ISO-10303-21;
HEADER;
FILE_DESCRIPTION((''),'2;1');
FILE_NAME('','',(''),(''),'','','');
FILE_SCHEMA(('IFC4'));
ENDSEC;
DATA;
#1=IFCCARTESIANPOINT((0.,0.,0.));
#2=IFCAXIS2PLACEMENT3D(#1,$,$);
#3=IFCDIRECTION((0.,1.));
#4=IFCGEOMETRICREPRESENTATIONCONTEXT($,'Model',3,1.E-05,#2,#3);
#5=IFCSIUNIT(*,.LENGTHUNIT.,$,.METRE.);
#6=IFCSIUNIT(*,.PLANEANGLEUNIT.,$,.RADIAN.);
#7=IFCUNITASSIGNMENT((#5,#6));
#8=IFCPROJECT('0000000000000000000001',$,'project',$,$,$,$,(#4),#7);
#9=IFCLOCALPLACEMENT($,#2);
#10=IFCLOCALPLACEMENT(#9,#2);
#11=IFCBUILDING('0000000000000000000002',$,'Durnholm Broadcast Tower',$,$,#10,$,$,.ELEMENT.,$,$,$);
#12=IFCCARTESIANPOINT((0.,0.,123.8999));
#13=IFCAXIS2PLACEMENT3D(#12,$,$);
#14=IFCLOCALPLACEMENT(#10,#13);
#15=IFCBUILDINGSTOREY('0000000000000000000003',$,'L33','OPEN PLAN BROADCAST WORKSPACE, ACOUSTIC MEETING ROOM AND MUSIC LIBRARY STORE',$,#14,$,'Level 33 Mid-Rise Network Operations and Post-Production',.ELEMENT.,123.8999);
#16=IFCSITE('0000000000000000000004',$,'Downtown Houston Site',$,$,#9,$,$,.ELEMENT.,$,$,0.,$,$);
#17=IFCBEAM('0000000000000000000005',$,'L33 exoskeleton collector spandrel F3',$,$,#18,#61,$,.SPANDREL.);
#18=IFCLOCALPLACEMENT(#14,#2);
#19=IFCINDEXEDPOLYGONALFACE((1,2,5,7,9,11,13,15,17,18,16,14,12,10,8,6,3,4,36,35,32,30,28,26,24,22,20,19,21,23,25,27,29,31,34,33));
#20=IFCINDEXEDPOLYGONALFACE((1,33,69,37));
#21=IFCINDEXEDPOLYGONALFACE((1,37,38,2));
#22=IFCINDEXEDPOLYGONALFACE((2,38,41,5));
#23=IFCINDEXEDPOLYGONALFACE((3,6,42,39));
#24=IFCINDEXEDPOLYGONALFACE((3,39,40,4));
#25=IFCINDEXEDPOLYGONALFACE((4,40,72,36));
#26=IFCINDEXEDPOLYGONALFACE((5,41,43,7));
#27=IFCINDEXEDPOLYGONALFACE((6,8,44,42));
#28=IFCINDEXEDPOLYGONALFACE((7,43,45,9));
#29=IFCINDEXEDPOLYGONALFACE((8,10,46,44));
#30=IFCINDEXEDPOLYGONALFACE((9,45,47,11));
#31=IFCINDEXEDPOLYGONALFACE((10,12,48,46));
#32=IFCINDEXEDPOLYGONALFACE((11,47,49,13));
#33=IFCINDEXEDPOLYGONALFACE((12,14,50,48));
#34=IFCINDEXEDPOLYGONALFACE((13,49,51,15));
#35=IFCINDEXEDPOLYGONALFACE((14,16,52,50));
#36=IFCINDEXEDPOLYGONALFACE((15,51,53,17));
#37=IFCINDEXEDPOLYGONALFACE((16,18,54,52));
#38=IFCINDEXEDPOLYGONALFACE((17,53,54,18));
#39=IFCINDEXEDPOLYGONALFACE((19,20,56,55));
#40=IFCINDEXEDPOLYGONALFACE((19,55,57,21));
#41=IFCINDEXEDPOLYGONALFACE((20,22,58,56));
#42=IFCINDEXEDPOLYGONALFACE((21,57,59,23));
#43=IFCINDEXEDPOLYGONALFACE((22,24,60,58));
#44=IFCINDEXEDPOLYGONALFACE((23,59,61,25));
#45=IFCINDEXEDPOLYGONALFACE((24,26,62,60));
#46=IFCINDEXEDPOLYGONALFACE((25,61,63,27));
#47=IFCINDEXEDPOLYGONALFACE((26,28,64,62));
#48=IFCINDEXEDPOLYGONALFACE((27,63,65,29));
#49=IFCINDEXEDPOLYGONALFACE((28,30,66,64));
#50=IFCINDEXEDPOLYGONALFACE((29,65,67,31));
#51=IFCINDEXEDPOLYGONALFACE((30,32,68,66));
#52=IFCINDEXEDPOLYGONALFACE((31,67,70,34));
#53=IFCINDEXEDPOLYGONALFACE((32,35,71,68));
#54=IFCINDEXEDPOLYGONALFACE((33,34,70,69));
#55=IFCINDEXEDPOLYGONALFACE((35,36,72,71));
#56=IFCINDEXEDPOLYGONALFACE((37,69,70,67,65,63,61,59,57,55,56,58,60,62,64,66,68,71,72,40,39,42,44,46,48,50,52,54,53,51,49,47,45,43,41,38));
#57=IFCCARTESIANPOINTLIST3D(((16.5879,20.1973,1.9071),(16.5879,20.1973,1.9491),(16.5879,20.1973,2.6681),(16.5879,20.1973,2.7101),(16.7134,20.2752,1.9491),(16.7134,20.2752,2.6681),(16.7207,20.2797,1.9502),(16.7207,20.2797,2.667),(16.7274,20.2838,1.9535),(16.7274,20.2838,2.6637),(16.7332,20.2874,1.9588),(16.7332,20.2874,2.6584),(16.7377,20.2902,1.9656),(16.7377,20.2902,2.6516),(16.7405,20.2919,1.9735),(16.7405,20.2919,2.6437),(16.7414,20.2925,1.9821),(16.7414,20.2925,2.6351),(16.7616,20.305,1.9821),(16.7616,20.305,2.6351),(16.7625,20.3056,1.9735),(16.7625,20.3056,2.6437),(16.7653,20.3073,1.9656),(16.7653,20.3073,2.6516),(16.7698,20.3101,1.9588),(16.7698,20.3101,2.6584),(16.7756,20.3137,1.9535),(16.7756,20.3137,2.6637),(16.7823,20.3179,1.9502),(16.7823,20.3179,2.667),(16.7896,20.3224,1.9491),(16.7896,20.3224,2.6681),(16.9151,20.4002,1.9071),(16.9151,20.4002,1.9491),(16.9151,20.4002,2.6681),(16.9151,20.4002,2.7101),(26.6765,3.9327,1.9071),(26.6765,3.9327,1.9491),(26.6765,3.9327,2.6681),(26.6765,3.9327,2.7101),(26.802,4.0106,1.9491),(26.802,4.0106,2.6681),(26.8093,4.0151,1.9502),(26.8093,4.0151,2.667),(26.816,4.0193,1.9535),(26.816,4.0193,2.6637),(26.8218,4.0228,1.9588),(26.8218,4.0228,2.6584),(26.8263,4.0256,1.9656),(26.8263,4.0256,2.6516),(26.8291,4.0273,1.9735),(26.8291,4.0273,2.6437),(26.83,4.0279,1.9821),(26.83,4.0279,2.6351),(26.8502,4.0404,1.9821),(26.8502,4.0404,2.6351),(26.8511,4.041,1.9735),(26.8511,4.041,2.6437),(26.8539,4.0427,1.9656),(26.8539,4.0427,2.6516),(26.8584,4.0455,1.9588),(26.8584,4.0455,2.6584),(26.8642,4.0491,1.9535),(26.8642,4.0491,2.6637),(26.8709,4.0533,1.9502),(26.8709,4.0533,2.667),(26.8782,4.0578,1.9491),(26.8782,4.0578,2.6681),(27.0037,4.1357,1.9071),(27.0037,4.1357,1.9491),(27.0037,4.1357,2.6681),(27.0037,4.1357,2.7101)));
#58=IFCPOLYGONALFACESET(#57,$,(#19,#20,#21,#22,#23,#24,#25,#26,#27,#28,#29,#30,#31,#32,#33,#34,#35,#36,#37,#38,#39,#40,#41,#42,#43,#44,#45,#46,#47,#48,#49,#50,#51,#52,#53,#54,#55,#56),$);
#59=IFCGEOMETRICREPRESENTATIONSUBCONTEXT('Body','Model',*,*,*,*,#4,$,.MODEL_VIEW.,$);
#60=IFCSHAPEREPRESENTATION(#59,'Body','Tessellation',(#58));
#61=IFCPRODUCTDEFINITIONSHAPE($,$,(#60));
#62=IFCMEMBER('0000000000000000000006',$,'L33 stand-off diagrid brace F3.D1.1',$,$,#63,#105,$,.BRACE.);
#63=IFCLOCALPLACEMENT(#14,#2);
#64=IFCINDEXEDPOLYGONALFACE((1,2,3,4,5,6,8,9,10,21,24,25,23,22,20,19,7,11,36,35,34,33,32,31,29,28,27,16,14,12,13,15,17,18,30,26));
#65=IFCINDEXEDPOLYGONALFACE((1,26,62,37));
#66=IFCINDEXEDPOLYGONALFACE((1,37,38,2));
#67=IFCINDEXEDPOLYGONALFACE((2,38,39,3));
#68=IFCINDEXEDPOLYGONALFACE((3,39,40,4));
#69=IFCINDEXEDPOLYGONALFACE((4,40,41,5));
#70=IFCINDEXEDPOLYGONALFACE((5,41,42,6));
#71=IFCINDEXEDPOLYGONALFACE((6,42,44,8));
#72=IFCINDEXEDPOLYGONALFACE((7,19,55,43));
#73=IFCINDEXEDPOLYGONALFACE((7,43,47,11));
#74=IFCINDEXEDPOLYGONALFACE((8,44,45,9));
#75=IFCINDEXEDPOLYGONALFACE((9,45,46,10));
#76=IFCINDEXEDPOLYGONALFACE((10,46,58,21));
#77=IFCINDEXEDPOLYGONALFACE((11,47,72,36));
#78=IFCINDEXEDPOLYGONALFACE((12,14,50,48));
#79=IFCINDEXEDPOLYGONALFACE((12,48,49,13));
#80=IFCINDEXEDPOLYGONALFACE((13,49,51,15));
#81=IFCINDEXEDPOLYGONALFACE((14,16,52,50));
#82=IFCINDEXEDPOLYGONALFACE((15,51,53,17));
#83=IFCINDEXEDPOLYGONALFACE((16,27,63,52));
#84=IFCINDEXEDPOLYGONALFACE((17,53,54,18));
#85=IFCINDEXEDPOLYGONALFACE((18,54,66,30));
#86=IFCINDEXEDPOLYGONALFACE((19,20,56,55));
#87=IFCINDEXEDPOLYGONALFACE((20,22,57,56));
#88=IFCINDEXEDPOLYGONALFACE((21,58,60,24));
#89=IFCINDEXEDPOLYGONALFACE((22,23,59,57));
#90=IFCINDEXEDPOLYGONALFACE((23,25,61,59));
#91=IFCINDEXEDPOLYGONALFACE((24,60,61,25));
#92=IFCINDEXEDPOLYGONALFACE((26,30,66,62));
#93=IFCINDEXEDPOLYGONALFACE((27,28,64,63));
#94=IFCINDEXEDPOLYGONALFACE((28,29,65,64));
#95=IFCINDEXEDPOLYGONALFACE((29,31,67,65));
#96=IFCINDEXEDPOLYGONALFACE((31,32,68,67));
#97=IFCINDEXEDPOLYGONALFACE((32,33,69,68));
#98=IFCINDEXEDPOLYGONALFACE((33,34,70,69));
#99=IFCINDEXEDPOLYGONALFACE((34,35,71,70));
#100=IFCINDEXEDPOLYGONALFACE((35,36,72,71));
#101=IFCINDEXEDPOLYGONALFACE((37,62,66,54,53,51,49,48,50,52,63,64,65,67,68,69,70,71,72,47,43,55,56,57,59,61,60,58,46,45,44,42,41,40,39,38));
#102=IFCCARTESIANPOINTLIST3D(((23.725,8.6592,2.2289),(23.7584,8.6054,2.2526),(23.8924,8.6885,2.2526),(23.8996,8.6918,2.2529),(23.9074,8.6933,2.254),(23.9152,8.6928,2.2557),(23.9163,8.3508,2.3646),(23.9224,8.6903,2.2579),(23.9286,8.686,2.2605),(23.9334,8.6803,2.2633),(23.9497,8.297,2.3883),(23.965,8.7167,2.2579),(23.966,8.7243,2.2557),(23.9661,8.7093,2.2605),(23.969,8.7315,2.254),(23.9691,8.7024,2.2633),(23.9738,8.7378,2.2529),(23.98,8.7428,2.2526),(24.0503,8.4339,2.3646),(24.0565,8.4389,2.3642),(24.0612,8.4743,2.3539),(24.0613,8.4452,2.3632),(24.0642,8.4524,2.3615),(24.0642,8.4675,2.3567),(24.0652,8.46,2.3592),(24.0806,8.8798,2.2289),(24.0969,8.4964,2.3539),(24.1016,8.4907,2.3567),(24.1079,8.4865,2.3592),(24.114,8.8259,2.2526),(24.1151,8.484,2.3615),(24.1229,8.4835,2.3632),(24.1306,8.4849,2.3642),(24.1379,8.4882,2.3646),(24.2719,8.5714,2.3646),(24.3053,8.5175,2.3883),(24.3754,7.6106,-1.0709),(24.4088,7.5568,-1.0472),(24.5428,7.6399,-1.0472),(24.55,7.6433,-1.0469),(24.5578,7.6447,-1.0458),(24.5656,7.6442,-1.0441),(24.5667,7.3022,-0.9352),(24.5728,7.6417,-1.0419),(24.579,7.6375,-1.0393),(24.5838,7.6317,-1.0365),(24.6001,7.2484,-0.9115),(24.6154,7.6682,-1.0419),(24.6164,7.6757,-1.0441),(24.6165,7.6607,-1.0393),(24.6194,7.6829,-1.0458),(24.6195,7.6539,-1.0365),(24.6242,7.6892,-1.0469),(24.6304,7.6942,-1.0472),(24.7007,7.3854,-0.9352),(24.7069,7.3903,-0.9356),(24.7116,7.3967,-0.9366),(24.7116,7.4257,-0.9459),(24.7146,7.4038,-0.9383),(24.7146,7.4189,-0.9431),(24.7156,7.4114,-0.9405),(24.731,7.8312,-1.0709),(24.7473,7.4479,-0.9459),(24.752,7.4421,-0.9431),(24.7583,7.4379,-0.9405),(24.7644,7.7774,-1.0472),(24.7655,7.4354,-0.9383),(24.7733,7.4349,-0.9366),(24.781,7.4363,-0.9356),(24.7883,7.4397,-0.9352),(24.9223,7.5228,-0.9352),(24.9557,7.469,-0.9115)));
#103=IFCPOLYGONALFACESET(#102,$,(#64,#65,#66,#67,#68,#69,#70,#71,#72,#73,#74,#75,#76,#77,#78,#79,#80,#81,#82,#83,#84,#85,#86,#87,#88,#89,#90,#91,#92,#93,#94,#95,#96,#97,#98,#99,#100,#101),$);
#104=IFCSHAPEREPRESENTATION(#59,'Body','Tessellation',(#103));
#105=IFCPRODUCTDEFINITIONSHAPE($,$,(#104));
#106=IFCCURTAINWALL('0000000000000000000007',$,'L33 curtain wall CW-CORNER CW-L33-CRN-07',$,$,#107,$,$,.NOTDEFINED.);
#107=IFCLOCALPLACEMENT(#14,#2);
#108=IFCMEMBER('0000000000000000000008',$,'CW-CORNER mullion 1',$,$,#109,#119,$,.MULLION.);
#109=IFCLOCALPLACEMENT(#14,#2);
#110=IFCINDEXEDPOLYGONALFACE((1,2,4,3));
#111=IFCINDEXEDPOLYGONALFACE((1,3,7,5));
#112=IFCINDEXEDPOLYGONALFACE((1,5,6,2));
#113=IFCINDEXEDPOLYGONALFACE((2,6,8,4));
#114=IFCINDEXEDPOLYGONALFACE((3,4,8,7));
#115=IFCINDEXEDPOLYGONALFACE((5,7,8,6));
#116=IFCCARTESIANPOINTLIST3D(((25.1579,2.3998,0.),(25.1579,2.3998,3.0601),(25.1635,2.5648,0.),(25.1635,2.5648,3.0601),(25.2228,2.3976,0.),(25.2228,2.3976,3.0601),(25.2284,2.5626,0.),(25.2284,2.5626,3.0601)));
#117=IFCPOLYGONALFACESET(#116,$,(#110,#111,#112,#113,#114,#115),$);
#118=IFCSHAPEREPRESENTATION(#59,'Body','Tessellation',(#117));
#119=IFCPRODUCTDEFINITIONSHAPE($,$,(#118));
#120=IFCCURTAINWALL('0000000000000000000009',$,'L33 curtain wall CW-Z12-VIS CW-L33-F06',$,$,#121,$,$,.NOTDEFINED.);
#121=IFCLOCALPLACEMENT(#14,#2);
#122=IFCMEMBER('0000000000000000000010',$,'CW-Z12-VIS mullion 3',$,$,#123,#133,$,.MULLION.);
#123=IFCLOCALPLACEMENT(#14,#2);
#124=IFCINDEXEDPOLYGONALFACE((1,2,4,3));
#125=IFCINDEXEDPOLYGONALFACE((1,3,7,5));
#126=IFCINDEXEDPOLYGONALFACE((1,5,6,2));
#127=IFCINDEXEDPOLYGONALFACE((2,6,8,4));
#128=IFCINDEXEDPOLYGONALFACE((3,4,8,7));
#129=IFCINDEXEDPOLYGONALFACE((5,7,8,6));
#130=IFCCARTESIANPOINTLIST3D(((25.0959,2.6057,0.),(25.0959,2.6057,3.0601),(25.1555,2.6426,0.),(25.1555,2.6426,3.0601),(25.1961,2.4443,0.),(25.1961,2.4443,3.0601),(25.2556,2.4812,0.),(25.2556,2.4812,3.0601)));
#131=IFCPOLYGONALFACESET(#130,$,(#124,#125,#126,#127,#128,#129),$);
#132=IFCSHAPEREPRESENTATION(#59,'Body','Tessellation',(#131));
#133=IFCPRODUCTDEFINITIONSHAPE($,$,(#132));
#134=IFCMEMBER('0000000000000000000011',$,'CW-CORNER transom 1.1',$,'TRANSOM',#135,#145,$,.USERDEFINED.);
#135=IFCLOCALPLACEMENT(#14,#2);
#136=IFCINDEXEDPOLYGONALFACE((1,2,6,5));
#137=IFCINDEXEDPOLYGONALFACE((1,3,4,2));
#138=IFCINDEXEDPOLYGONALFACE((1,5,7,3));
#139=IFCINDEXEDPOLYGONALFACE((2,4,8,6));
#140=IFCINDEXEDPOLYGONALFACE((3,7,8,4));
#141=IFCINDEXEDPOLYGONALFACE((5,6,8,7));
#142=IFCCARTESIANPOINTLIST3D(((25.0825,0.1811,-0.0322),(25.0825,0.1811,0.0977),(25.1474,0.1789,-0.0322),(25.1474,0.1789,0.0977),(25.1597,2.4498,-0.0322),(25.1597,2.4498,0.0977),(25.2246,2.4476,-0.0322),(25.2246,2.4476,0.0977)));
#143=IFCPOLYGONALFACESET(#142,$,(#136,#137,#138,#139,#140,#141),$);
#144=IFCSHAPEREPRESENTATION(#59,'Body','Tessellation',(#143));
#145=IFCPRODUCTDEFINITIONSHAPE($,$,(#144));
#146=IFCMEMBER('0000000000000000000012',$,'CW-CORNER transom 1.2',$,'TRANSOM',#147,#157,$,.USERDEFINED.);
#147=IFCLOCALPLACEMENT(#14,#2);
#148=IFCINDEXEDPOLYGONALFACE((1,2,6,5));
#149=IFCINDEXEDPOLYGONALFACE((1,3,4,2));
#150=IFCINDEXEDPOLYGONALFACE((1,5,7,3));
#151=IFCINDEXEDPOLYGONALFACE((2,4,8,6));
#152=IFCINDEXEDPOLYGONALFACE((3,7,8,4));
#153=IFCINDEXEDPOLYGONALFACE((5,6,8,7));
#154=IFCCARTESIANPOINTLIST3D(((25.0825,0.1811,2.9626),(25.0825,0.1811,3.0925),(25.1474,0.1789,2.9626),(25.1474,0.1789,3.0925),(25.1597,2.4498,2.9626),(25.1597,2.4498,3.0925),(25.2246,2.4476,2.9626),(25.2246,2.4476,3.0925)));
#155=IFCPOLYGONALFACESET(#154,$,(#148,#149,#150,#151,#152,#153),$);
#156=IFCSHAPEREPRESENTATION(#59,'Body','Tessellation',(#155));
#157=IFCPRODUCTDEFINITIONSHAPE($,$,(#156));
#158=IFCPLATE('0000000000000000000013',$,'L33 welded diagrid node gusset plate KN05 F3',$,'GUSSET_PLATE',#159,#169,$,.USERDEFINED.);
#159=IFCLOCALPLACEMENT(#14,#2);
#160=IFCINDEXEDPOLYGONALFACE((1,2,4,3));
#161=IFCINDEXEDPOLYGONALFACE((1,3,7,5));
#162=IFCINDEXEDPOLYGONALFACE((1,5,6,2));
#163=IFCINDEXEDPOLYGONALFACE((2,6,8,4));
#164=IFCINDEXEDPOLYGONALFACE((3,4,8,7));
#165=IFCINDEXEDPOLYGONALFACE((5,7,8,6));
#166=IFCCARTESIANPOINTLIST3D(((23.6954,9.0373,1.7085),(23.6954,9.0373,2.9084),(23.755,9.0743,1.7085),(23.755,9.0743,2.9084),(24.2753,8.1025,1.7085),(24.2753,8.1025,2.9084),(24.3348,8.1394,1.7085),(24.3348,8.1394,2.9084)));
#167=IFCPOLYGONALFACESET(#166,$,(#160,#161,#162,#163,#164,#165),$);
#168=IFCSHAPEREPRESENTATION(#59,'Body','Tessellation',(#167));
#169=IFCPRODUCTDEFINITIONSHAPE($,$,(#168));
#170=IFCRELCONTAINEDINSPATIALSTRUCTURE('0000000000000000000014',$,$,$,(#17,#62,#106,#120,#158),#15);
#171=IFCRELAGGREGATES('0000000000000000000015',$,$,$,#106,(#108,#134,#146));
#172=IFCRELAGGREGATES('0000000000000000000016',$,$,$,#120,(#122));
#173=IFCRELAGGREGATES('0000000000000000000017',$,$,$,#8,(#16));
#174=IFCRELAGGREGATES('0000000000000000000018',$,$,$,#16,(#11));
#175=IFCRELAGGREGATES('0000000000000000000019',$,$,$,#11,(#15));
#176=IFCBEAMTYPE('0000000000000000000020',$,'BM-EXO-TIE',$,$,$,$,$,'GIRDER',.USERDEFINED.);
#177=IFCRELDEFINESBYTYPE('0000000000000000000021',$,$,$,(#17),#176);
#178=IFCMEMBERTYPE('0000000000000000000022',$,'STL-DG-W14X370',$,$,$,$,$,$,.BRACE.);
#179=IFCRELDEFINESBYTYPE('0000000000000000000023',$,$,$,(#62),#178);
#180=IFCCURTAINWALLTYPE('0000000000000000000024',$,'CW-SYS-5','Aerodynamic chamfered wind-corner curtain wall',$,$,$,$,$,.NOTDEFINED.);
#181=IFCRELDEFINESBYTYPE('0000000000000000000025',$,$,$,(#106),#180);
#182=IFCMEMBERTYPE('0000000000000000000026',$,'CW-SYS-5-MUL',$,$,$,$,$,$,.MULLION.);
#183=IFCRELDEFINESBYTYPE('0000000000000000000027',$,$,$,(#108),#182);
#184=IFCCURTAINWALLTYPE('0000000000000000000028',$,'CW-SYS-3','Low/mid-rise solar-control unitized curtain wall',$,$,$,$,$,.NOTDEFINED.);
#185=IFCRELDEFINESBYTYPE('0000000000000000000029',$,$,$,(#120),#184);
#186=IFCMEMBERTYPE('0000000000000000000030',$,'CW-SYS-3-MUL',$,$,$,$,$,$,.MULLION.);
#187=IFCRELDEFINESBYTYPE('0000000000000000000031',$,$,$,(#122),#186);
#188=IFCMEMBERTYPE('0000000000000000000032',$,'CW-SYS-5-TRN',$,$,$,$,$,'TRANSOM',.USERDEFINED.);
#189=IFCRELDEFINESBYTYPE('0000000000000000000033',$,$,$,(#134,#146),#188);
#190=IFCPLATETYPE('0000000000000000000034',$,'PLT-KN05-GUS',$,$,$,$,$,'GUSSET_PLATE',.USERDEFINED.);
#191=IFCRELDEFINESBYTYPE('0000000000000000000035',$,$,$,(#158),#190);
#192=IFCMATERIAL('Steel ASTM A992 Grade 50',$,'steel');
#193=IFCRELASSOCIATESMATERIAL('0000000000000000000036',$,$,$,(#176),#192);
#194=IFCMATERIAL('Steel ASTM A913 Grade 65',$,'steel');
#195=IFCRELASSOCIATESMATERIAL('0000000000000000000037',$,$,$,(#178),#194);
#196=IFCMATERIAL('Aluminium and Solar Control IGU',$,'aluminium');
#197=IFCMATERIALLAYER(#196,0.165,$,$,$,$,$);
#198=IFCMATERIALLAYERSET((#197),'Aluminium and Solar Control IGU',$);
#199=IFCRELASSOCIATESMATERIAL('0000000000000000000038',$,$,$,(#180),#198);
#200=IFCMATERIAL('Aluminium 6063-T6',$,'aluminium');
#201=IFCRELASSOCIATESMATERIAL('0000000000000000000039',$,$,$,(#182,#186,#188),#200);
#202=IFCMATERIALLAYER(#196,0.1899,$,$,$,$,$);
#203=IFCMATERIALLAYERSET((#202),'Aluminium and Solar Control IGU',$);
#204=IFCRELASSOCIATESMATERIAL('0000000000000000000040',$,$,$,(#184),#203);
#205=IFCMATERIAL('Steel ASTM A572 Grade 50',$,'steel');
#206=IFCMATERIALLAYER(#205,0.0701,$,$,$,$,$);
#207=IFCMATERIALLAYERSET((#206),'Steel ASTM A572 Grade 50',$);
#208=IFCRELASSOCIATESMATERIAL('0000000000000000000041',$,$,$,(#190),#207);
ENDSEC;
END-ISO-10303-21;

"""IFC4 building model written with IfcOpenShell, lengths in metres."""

from ifc_helpers import new_model, si_unit, direction, frame, origin, origin_2d, place, context, subcontext, project, spatial, rectangle, i_section, extrude, source, transform, mapped, material, layer, layer_set, material_profile, profile_set, type_object, type_shapes, element, aggregate, save


model = new_model("IFC4")

# Units and contexts
model_context = context("Model", 3, precision=1e-05, world=origin(), true_north=direction((0.0, 1.0)))
body_context = subcontext(model_context, "Body", "Model", "MODEL_VIEW")
ifc_project = project(units=[si_unit("LENGTHUNIT", "METRE"), si_unit("PLANEANGLEUNIT", "RADIAN")], contexts=[model_context])

# Site, building, storey
site_placement = place(None, origin())
site = spatial("IfcSite", under=ifc_project, at=site_placement, Name="Downtown Houston Site", CompositionType="ELEMENT", RefElevation=0.0)
building_placement = place(site_placement, origin())
building = spatial("IfcBuilding", under=site, at=building_placement, Name="Durnholm Broadcast Tower", CompositionType="ELEMENT")
storey_placement = place(building_placement, frame((0.0, 0.0, 123.8999)))
storey = spatial("IfcBuildingStorey", under=building, at=storey_placement, Name="L33", Description="OPEN PLAN BROADCAST WORKSPACE, ACOUSTIC MEETING ROOM AND MUSIC LIBRARY STORE", LongName="Level 33 Mid-Rise Network Operations and Post-Production", CompositionType="ELEMENT", Elevation=123.8999)

# Beam
ifc_material_1 = material(Name="Steel ASTM A992 Grade 50", Category="steel")
ifc_material_profile_1 = material_profile(ifc_material_1, i_section(OverallWidth=0.385, OverallDepth=0.803, WebThickness=0.0237, FlangeThickness=0.042, FilletRadius=0.033, at=origin_2d()), Name="W30X261")
ifc_profile_set_1 = profile_set([ifc_material_profile_1], Name="Steel ASTM A992 Grade 50")
beam_type_1 = type_object("IfcBeamType", Name="BM-EXO-TIE", ElementType="GIRDER", PredefinedType="USERDEFINED", material=ifc_profile_set_1)
shared_shape_1 = source(origin(), body_context, "Body", "SweptSolid", [
    extrude(i_section(OverallWidth=0.385, OverallDepth=0.803, WebThickness=0.0237, FlangeThickness=0.042, FilletRadius=0.033, at=origin_2d()), origin(), (0.0, 0.0, 1.0), 19.1394),
])
beam_1_placement = place(storey_placement, frame((26.8401, 4.0342, 2.3086), z_axis=(-0.527111, 0.849796, 0.0), x_axis=(-0.849796, -0.527111, 0.0)))
element("IfcBeam", 1, at=beam_1_placement, inside=storey, type_object=beam_type_1, Name="L33 exoskeleton collector spandrel F3", PredefinedType="SPANDREL", context=body_context, shape_type="MappedRepresentation", body=[
    mapped(shared_shape_1, transform((0.0, 0.0, 0.0), x_axis=(1.0, 0.0, 0.0), y_axis=(0.0, 1.0, 0.0), z_axis=(0.0, 0.0, 1.0), scale=1.0)),
])

# Member
ifc_material_2 = material(Name="Steel ASTM A913 Grade 65", Category="steel")
ifc_material_profile_2 = material_profile(ifc_material_2, i_section(OverallWidth=0.4185, OverallDepth=0.4551, WebThickness=0.042, FlangeThickness=0.0676, FilletRadius=0.0305, at=origin_2d()), Name="W14X370")
ifc_profile_set_2 = profile_set([ifc_material_profile_2], Name="Steel ASTM A913 Grade 65")
member_type_1 = type_object("IfcMemberType", Name="STL-DG-W14X370", PredefinedType="BRACE", material=ifc_profile_set_2)
shared_shape_2 = source(origin(), body_context, "Body", "SweptSolid", [
    extrude(i_section(OverallWidth=0.4185, OverallDepth=0.4551, WebThickness=0.042, FlangeThickness=0.0676, FilletRadius=0.0305, at=origin_2d()), origin(), (0.0, 0.0, 1.0), 3.5229),
])
type_shapes(member_type_1, [shared_shape_2])
member_1_placement = place(storey_placement, frame((24.6655, 7.5398, -0.9912), z_axis=(-0.184615, 0.297643, 0.936657), x_axis=(-0.849805, -0.527097, 0.0)))
element("IfcMember", 2, at=member_1_placement, inside=storey, type_object=member_type_1, Name="L33 stand-off diagrid brace F3.D1.1", PredefinedType="BRACE", context=body_context, shape_type="MappedRepresentation", body=[
    mapped(shared_shape_2, transform((0.0, 0.0, 0.0), x_axis=(1.0, 0.0, 0.0), y_axis=(0.0, 1.0, 0.0), z_axis=(0.0, 0.0, 1.0), scale=1.0)),
])

# Curtain walls, members
ifc_material_3 = material(Name="Aluminium and Solar Control IGU", Category="aluminium")
ifc_layer_1 = layer(ifc_material_3, 0.165)
ifc_layer_set_1 = layer_set([ifc_layer_1], Name="Aluminium and Solar Control IGU")
curtain_wall_type_1 = type_object("IfcCurtainWallType", Name="CW-SYS-5", Description="Aerodynamic chamfered wind-corner curtain wall", PredefinedType="NOTDEFINED", material=ifc_layer_set_1)
curtain_wall_1_placement = place(storey_placement, origin())
curtain_wall_1 = element("IfcCurtainWall", 3, at=curtain_wall_1_placement, inside=storey, type_object=curtain_wall_type_1, Name="L33 curtain wall CW-CORNER CW-L33-CRN-07", PredefinedType="NOTDEFINED")
ifc_material_4 = material(Name="Aluminium 6063-T6", Category="aluminium")
ifc_material_profile_3 = material_profile(ifc_material_4, rectangle(XDim=0.0649, YDim=0.165, at=origin_2d()), Name="CWM65X165")
ifc_profile_set_3 = profile_set([ifc_material_profile_3], Name="Aluminium 6063-T6")
member_type_2 = type_object("IfcMemberType", Name="CW-SYS-5-MUL", PredefinedType="MULLION", material=ifc_profile_set_3)
shared_shape_3 = source(origin(), body_context, "Body", "SweptSolid", [
    extrude(rectangle(XDim=0.0649, YDim=0.165, at=origin_2d()), origin(), (0.0, 0.0, 1.0), 3.0601),
])
type_shapes(member_type_2, [shared_shape_3])
member_2_placement = place(storey_placement, frame((25.1931, 2.4812, 0.0), z_axis=(0.0, 0.0, 1.0), x_axis=(0.999425, -0.033917, 0.0)))
member_2 = element("IfcMember", 4, at=member_2_placement, type_object=member_type_2, Name="CW-CORNER mullion 1", PredefinedType="MULLION", context=body_context, shape_type="MappedRepresentation", body=[
    mapped(shared_shape_3, transform((0.0, 0.0, 0.0), x_axis=(1.0, 0.0, 0.0), y_axis=(0.0, 1.0, 0.0), z_axis=(0.0, 0.0, 1.0), scale=1.0)),
])
ifc_layer_2 = layer(ifc_material_3, 0.1899)
ifc_layer_set_2 = layer_set([ifc_layer_2], Name="Aluminium and Solar Control IGU")
curtain_wall_type_2 = type_object("IfcCurtainWallType", Name="CW-SYS-3", Description="Low/mid-rise solar-control unitized curtain wall", PredefinedType="NOTDEFINED", material=ifc_layer_set_2)
curtain_wall_2_placement = place(storey_placement, origin())
curtain_wall_2 = element("IfcCurtainWall", 5, at=curtain_wall_2_placement, inside=storey, type_object=curtain_wall_type_2, Name="L33 curtain wall CW-Z12-VIS CW-L33-F06", PredefinedType="NOTDEFINED")
ifc_material_profile_4 = material_profile(ifc_material_4, rectangle(XDim=0.0701, YDim=0.1899, at=origin_2d()), Name="CWM70X190")
ifc_profile_set_4 = profile_set([ifc_material_profile_4], Name="Aluminium 6063-T6")
member_type_3 = type_object("IfcMemberType", Name="CW-SYS-3-MUL", PredefinedType="MULLION", material=ifc_profile_set_4)
shared_shape_4 = source(origin(), body_context, "Body", "SweptSolid", [
    extrude(rectangle(XDim=0.0701, YDim=0.1899, at=origin_2d()), origin(), (0.0, 0.0, 1.0), 3.0601),
])
type_shapes(member_type_3, [shared_shape_4])
member_3_placement = place(storey_placement, frame((25.1758, 2.5435, 0.0), z_axis=(0.0, 0.0, 1.0), x_axis=(0.8498, 0.527105, 0.0)))
member_3 = element("IfcMember", 6, at=member_3_placement, type_object=member_type_3, Name="CW-Z12-VIS mullion 3", PredefinedType="MULLION", context=body_context, shape_type="MappedRepresentation", body=[
    mapped(shared_shape_4, transform((0.0, 0.0, 0.0), x_axis=(1.0, 0.0, 0.0), y_axis=(0.0, 1.0, 0.0), z_axis=(0.0, 0.0, 1.0), scale=1.0)),
])

# Members
ifc_material_profile_5 = material_profile(ifc_material_4, rectangle(XDim=0.0649, YDim=0.1299, at=origin_2d()), Name="CWT65X130")
ifc_profile_set_5 = profile_set([ifc_material_profile_5], Name="Aluminium 6063-T6")
member_type_4 = type_object("IfcMemberType", Name="CW-SYS-5-TRN", ElementType="TRANSOM", PredefinedType="USERDEFINED", material=ifc_profile_set_5)
shared_shape_5 = source(origin(), body_context, "Body", "SweptSolid", [
    extrude(rectangle(XDim=0.0649, YDim=0.1299, at=origin_2d()), origin(), (0.0, 0.0, 1.0), 2.27),
])
type_shapes(member_type_4, [shared_shape_5])
member_4_placement = place(storey_placement, frame((25.1921, 2.4487, 0.0327), z_axis=(-0.033984, -0.999422, 0.0), x_axis=(0.999422, -0.033984, 0.0)))
member_4 = element("IfcMember", 7, at=member_4_placement, type_object=member_type_4, Name="CW-CORNER transom 1.1", ObjectType="TRANSOM", PredefinedType="USERDEFINED", context=body_context, shape_type="MappedRepresentation", body=[
    mapped(shared_shape_5, transform((0.0, 0.0, 0.0), x_axis=(1.0, 0.0, 0.0), y_axis=(0.0, 1.0, 0.0), z_axis=(0.0, 0.0, 1.0), scale=1.0)),
])
member_5_placement = place(storey_placement, frame((25.1921, 2.4487, 3.0276), z_axis=(-0.033984, -0.999422, 0.0), x_axis=(0.999422, -0.033984, 0.0)))
member_5 = element("IfcMember", 8, at=member_5_placement, type_object=member_type_4, Name="CW-CORNER transom 1.2", ObjectType="TRANSOM", PredefinedType="USERDEFINED", context=body_context, shape_type="MappedRepresentation", body=[
    mapped(shared_shape_5, transform((0.0, 0.0, 0.0), x_axis=(1.0, 0.0, 0.0), y_axis=(0.0, 1.0, 0.0), z_axis=(0.0, 0.0, 1.0), scale=1.0)),
])

# Plate
ifc_material_5 = material(Name="Steel ASTM A572 Grade 50", Category="steel")
ifc_layer_3 = layer(ifc_material_5, 0.0701)
ifc_layer_set_3 = layer_set([ifc_layer_3], Name="Steel ASTM A572 Grade 50")
plate_type_1 = type_object("IfcPlateType", Name="PLT-KN05-GUS", ElementType="GUSSET_PLATE", PredefinedType="USERDEFINED", material=ifc_layer_set_3)
shared_shape_6 = source(origin(), body_context, "Body", "SweptSolid", [
    extrude(rectangle(XDim=1.1001, YDim=0.0701, at=origin_2d()), origin(), (0.0, 0.0, 1.0), 1.2),
])
type_shapes(plate_type_1, [shared_shape_6])
plate_1_placement = place(storey_placement, frame((24.0151, 8.5884, 1.7085), z_axis=(0.0, 0.0, 1.0), x_axis=(-0.527104, 0.849801, 0.0)))
element("IfcPlate", 9, at=plate_1_placement, inside=storey, type_object=plate_type_1, Name="L33 welded diagrid node gusset plate KN05 F3", ObjectType="GUSSET_PLATE", PredefinedType="USERDEFINED", context=body_context, shape_type="MappedRepresentation", body=[
    mapped(shared_shape_6, transform((0.0, 0.0, 0.0), x_axis=(1.0, 0.0, 0.0), y_axis=(0.0, 1.0, 0.0), z_axis=(0.0, 0.0, 1.0), scale=1.0)),
])
aggregate(curtain_wall_1, [member_2, member_4, member_5])
aggregate(curtain_wall_2, [member_3])

save(model, "model.ifc")
